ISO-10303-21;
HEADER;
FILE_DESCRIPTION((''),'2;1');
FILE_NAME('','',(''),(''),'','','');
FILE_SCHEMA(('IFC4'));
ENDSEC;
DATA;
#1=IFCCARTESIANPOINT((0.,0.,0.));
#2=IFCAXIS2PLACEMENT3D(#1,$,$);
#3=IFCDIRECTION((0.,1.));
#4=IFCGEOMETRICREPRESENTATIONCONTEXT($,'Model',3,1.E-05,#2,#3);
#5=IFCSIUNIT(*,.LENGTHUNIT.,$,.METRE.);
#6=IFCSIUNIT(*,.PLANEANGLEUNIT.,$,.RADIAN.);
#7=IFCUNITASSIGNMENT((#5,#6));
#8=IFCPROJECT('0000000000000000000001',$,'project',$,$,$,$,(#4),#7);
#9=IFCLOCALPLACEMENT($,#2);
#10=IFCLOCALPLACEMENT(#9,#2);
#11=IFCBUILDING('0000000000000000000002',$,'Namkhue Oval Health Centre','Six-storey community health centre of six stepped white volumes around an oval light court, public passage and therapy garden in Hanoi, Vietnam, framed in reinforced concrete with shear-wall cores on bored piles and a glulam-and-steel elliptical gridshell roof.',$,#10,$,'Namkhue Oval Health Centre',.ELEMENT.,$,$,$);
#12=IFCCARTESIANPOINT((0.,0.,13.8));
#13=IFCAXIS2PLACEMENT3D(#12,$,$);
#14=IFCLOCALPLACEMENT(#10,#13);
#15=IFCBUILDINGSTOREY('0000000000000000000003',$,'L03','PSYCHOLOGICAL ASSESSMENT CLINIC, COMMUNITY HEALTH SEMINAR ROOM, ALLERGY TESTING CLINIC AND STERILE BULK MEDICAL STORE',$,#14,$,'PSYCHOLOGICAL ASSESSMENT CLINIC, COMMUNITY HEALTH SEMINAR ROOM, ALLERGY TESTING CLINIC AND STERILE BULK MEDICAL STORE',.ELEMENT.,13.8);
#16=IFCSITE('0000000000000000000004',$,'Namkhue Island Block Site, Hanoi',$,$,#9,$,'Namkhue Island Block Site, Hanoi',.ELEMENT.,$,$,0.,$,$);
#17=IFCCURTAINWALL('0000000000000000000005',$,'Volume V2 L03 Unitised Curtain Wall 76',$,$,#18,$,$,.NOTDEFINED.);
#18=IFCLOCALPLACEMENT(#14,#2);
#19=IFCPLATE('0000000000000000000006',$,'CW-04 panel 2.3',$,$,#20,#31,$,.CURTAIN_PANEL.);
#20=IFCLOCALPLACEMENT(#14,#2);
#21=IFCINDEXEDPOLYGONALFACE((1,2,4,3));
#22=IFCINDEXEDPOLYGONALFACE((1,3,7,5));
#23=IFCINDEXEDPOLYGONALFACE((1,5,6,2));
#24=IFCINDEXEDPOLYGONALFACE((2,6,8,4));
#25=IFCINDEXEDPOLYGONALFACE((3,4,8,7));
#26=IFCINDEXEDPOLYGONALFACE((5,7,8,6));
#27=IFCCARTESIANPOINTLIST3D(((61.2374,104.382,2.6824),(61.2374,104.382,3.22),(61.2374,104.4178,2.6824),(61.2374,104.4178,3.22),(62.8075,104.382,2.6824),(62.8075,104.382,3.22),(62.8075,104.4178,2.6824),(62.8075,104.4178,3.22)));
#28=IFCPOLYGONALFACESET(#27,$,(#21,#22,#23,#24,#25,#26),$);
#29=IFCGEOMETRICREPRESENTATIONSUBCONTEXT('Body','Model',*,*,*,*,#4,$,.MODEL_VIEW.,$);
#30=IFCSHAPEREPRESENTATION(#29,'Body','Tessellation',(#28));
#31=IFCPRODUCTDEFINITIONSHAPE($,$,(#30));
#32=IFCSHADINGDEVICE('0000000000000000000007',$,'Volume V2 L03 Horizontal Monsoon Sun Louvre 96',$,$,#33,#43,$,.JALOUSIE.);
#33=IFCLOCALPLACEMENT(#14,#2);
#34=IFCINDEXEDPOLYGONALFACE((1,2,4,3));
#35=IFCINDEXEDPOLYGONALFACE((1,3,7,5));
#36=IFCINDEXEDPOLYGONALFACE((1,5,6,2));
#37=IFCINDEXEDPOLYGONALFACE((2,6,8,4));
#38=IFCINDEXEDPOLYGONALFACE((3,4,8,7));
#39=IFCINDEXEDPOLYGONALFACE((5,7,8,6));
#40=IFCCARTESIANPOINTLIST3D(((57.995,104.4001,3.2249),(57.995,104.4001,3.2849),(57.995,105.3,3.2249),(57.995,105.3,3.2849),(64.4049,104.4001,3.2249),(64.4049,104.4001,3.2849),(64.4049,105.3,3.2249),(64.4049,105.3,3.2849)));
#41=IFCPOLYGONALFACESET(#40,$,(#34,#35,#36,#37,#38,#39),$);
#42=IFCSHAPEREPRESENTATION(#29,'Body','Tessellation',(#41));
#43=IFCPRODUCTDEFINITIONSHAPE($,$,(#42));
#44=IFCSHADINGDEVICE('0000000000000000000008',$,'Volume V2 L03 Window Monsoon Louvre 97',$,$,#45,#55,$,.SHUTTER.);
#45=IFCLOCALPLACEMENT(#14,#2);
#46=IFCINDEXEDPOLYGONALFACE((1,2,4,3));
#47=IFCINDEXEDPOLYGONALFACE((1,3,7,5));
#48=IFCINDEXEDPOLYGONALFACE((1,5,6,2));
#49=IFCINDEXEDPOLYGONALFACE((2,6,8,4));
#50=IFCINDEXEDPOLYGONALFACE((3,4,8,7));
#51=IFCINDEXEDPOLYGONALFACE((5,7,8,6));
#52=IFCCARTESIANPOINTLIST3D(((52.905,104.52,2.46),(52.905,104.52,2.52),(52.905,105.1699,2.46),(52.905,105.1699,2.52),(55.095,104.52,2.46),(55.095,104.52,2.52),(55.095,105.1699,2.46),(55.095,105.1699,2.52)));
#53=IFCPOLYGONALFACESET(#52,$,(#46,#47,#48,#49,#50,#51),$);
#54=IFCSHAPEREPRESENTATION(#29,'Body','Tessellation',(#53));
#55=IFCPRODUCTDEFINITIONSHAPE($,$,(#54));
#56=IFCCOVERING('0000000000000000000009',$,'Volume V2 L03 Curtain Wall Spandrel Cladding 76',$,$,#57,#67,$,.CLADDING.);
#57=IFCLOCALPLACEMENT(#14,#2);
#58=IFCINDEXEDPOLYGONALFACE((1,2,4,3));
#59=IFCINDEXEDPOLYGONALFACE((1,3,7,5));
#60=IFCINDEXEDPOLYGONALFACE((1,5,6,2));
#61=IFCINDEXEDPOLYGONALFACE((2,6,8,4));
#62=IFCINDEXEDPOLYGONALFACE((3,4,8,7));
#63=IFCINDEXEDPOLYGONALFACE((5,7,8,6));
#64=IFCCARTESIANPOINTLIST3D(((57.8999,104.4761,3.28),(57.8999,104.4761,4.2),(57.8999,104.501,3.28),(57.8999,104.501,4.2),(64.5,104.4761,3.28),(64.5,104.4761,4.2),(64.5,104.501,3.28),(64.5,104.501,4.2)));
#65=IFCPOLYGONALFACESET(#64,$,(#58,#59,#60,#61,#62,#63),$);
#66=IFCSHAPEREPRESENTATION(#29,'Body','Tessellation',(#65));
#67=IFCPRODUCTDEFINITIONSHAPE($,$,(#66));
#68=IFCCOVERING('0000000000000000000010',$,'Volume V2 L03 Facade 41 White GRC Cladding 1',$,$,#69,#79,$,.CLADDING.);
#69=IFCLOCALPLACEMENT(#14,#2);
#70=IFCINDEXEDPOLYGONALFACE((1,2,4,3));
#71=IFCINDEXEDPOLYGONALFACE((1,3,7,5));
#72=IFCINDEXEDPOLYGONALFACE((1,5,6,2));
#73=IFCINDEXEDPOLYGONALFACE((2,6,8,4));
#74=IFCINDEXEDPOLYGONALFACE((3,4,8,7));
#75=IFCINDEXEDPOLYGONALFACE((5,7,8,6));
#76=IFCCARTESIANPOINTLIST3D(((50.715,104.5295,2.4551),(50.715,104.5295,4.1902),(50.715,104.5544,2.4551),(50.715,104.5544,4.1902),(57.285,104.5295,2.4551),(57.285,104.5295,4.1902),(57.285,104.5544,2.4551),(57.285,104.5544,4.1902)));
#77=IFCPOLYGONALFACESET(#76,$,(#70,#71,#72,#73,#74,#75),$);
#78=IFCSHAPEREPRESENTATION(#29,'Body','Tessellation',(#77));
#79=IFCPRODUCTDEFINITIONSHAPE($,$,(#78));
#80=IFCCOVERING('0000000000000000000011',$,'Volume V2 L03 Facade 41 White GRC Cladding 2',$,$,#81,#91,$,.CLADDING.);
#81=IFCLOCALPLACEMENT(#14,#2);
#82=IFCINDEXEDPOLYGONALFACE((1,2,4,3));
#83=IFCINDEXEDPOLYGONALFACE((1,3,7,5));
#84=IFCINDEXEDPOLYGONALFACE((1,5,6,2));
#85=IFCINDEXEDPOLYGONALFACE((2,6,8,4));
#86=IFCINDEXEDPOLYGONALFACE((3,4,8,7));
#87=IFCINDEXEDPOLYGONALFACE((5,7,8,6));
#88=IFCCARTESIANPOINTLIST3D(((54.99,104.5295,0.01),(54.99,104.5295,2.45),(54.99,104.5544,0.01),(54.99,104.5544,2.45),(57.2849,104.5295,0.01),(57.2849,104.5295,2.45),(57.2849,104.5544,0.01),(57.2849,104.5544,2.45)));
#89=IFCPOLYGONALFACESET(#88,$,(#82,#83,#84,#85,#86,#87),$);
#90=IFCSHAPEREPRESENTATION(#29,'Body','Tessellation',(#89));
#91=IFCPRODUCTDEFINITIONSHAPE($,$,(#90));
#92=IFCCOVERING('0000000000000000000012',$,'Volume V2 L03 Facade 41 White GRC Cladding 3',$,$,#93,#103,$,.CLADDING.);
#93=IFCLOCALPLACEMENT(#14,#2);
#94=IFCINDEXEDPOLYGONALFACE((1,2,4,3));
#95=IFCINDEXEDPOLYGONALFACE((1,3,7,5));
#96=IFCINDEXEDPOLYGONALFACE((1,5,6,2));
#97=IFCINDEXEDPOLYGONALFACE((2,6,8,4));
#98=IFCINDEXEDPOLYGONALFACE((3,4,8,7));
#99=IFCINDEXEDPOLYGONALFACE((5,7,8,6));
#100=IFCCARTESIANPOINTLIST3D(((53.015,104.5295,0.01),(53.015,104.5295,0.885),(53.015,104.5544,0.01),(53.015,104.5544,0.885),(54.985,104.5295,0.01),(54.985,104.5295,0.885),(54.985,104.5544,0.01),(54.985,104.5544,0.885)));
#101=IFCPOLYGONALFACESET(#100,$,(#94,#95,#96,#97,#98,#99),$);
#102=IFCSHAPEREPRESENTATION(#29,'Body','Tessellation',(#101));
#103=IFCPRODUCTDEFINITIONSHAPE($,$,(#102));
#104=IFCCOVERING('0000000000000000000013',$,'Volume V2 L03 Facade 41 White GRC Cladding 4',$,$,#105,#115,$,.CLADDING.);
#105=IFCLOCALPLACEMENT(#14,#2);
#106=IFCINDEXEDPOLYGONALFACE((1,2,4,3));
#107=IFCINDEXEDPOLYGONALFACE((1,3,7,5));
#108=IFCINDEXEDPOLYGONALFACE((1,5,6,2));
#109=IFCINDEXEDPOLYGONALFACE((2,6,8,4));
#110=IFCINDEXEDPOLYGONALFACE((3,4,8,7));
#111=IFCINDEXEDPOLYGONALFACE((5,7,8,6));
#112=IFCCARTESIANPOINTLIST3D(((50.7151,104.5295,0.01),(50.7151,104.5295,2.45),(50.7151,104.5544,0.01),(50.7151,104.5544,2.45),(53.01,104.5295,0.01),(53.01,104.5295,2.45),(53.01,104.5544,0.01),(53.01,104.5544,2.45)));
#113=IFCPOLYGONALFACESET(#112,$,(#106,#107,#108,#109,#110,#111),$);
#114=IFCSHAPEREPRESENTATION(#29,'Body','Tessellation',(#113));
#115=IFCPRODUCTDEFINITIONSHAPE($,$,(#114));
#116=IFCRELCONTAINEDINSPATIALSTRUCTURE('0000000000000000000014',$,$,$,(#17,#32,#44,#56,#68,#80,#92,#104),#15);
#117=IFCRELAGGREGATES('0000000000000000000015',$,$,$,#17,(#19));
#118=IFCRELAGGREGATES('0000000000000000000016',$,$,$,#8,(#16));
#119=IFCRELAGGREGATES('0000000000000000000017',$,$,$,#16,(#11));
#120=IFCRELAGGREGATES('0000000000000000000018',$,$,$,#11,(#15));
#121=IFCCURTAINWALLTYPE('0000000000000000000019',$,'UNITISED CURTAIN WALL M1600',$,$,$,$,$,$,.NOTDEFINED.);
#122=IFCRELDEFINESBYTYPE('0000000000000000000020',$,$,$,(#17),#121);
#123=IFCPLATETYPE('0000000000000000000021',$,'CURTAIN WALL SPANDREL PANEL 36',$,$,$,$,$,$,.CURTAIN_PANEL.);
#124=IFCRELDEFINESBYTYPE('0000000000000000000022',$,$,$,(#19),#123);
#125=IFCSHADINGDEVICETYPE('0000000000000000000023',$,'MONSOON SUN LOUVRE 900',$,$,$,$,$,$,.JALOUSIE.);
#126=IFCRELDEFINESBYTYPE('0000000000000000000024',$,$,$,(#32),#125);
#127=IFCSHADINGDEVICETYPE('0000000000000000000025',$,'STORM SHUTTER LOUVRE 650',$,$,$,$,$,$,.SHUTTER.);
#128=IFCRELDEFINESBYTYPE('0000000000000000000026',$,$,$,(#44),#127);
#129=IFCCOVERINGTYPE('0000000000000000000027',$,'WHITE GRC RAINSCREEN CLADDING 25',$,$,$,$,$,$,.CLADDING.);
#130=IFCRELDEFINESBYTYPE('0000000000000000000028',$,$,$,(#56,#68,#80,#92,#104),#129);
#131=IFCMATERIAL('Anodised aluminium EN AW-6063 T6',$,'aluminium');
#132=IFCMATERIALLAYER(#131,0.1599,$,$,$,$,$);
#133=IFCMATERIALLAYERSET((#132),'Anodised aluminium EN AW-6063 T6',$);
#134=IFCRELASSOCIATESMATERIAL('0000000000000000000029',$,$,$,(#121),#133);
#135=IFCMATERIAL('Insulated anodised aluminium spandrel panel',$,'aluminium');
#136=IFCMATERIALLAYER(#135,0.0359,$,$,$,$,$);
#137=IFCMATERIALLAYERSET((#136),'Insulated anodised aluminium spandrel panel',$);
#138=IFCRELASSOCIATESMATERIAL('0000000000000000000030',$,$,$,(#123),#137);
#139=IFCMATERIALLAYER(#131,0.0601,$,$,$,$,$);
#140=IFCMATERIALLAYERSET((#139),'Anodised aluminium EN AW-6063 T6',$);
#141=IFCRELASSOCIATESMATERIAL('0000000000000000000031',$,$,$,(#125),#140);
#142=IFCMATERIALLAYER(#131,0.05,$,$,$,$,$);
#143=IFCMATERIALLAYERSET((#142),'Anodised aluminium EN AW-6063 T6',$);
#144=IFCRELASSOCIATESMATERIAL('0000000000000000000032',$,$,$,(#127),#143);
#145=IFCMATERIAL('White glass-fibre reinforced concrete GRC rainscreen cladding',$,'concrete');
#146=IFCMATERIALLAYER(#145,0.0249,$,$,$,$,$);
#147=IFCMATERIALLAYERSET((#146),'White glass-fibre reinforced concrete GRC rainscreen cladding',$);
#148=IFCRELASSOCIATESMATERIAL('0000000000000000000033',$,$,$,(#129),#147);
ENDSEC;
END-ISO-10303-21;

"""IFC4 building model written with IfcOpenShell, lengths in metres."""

from ifc_helpers import new_model, si_unit, direction, frame, origin, origin_2d, place, context, subcontext, project, spatial, rectangle, extrude, material, layer, layer_set, type_object, element, aggregate, save


model = new_model("IFC4")

# Units and contexts
model_context = context("Model", 3, precision=1e-05, world=origin(), true_north=direction((0.0, 1.0)))
body_context = subcontext(model_context, "Body", "Model", "MODEL_VIEW")
ifc_project = project(units=[si_unit("LENGTHUNIT", "METRE"), si_unit("PLANEANGLEUNIT", "RADIAN")], contexts=[model_context])

# Site, building, storey
site_placement = place(None, origin())
site = spatial("IfcSite", under=ifc_project, at=site_placement, Name="Namkhue Island Block Site, Hanoi", LongName="Namkhue Island Block Site, Hanoi", CompositionType="ELEMENT", RefElevation=0.0)
building_placement = place(site_placement, origin())
building = spatial("IfcBuilding", under=site, at=building_placement, Name="Namkhue Oval Health Centre", Description="Six-storey community health centre of six stepped white volumes around an oval light court, public passage and therapy garden in Hanoi, Vietnam, framed in reinforced concrete with shear-wall cores on bored piles and a glulam-and-steel elliptical gridshell roof.", LongName="Namkhue Oval Health Centre", CompositionType="ELEMENT")
storey_placement = place(building_placement, frame((0.0, 0.0, 13.8)))
storey = spatial("IfcBuildingStorey", under=building, at=storey_placement, Name="L03", Description="PSYCHOLOGICAL ASSESSMENT CLINIC, COMMUNITY HEALTH SEMINAR ROOM, ALLERGY TESTING CLINIC AND STERILE BULK MEDICAL STORE", LongName="PSYCHOLOGICAL ASSESSMENT CLINIC, COMMUNITY HEALTH SEMINAR ROOM, ALLERGY TESTING CLINIC AND STERILE BULK MEDICAL STORE", CompositionType="ELEMENT", Elevation=13.8)

# Curtain wall, plate
ifc_material_1 = material(Name="Anodised aluminium EN AW-6063 T6", Category="aluminium")
ifc_layer_1 = layer(ifc_material_1, 0.1599)
ifc_layer_set_1 = layer_set([ifc_layer_1], Name="Anodised aluminium EN AW-6063 T6")
curtain_wall_type = type_object("IfcCurtainWallType", Name="UNITISED CURTAIN WALL M1600", PredefinedType="NOTDEFINED", material=ifc_layer_set_1)
curtain_wall_placement = place(storey_placement, origin())
curtain_wall = element("IfcCurtainWall", 1, at=curtain_wall_placement, inside=storey, type_object=curtain_wall_type, Name="Volume V2 L03 Unitised Curtain Wall 76", PredefinedType="NOTDEFINED")
ifc_material_2 = material(Name="Insulated anodised aluminium spandrel panel", Category="aluminium")
ifc_layer_2 = layer(ifc_material_2, 0.0359)
ifc_layer_set_2 = layer_set([ifc_layer_2], Name="Insulated anodised aluminium spandrel panel")
plate_type = type_object("IfcPlateType", Name="CURTAIN WALL SPANDREL PANEL 36", PredefinedType="CURTAIN_PANEL", material=ifc_layer_set_2)
plate_1_placement = place(storey_placement, frame((62.0225, 104.3999, 2.6824), z_axis=(0.0, 0.0, 1.0), x_axis=(-1.0, 0.0, 0.0)))
plate_1 = element("IfcPlate", 2, at=plate_1_placement, type_object=plate_type, Name="CW-04 panel 2.3", PredefinedType="CURTAIN_PANEL", context=body_context, shape_type="SweptSolid", body=[
    extrude(rectangle(XDim=1.5701, YDim=0.0359, at=origin_2d()), origin(), (0.0, 0.0, 1.0), 0.5376),
])
aggregate(curtain_wall, [plate_1])

# Shading devices
ifc_layer_3 = layer(ifc_material_1, 0.0601)
ifc_layer_set_3 = layer_set([ifc_layer_3], Name="Anodised aluminium EN AW-6063 T6")
shading_device_type_1 = type_object("IfcShadingDeviceType", Name="MONSOON SUN LOUVRE 900", PredefinedType="JALOUSIE", material=ifc_layer_set_3)
shading_device_1_placement = place(storey_placement, frame((61.2, 104.8501, 3.2249), z_axis=(0.0, 0.0, 1.0), x_axis=(-1.0, 0.0, 0.0)))
element("IfcShadingDevice", 3, at=shading_device_1_placement, inside=storey, type_object=shading_device_type_1, Name="Volume V2 L03 Horizontal Monsoon Sun Louvre 96", PredefinedType="JALOUSIE", context=body_context, shape_type="SweptSolid", body=[
    extrude(rectangle(XDim=6.4099, YDim=0.8999, at=origin_2d()), origin(), (0.0, 0.0, 1.0), 0.0601),
])
ifc_layer_4 = layer(ifc_material_1, 0.05)
ifc_layer_set_4 = layer_set([ifc_layer_4], Name="Anodised aluminium EN AW-6063 T6")
shading_device_type_2 = type_object("IfcShadingDeviceType", Name="STORM SHUTTER LOUVRE 650", PredefinedType="SHUTTER", material=ifc_layer_set_4)
shading_device_2_placement = place(storey_placement, frame((54.0, 104.845, 2.46), z_axis=(0.0, 0.0, 1.0), x_axis=(-1.0, 0.0, 0.0)))
element("IfcShadingDevice", 4, at=shading_device_2_placement, inside=storey, type_object=shading_device_type_2, Name="Volume V2 L03 Window Monsoon Louvre 97", PredefinedType="SHUTTER", context=body_context, shape_type="SweptSolid", body=[
    extrude(rectangle(XDim=2.1899, YDim=0.6499, at=origin_2d()), origin(), (0.0, 0.0, 1.0), 0.0601),
])

# Coverings
ifc_material_3 = material(Name="White glass-fibre reinforced concrete GRC rainscreen cladding", Category="concrete")
ifc_layer_5 = layer(ifc_material_3, 0.0249)
ifc_layer_set_5 = layer_set([ifc_layer_5], Name="White glass-fibre reinforced concrete GRC rainscreen cladding")
covering_type = type_object("IfcCoveringType", Name="WHITE GRC RAINSCREEN CLADDING 25", PredefinedType="CLADDING", material=ifc_layer_set_5)
covering_1_placement = place(storey_placement, frame((61.2, 104.4885, 3.28), z_axis=(0.0, 0.0, 1.0), x_axis=(-1.0, 0.0, 0.0)))
element("IfcCovering", 5, at=covering_1_placement, inside=storey, type_object=covering_type, Name="Volume V2 L03 Curtain Wall Spandrel Cladding 76", PredefinedType="CLADDING", context=body_context, shape_type="SweptSolid", body=[
    extrude(rectangle(XDim=6.6001, YDim=0.0249, at=origin_2d()), origin(), (0.0, 0.0, 1.0), 0.9199),
])
covering_2_placement = place(storey_placement, frame((54.0, 104.542, 2.4551), z_axis=(0.0, 0.0, 1.0), x_axis=(-1.0, 0.0, 0.0)))
element("IfcCovering", 6, at=covering_2_placement, inside=storey, type_object=covering_type, Name="Volume V2 L03 Facade 41 White GRC Cladding 1", PredefinedType="CLADDING", context=body_context, shape_type="SweptSolid", body=[
    extrude(rectangle(XDim=6.5701, YDim=0.0249, at=origin_2d()), origin(), (0.0, 0.0, 1.0), 1.7351),
])
covering_3_placement = place(storey_placement, frame((56.1375, 104.542, 0.01), z_axis=(0.0, 0.0, 1.0), x_axis=(-1.0, 0.0, 0.0)))
element("IfcCovering", 7, at=covering_3_placement, inside=storey, type_object=covering_type, Name="Volume V2 L03 Facade 41 White GRC Cladding 2", PredefinedType="CLADDING", context=body_context, shape_type="SweptSolid", body=[
    extrude(rectangle(XDim=2.2949, YDim=0.0249, at=origin_2d()), origin(), (0.0, 0.0, 1.0), 2.4399),
])
covering_4_placement = place(storey_placement, frame((54.0, 104.542, 0.01), z_axis=(0.0, 0.0, 1.0), x_axis=(-1.0, 0.0, 0.0)))
element("IfcCovering", 8, at=covering_4_placement, inside=storey, type_object=covering_type, Name="Volume V2 L03 Facade 41 White GRC Cladding 3", PredefinedType="CLADDING", context=body_context, shape_type="SweptSolid", body=[
    extrude(rectangle(XDim=1.97, YDim=0.0249, at=origin_2d()), origin(), (0.0, 0.0, 1.0), 0.875),
])
covering_5_placement = place(storey_placement, frame((51.8625, 104.542, 0.01), z_axis=(0.0, 0.0, 1.0), x_axis=(-1.0, 0.0, 0.0)))
element("IfcCovering", 9, at=covering_5_placement, inside=storey, type_object=covering_type, Name="Volume V2 L03 Facade 41 White GRC Cladding 4", PredefinedType="CLADDING", context=body_context, shape_type="SweptSolid", body=[
    extrude(rectangle(XDim=2.2949, YDim=0.0249, at=origin_2d()), origin(), (0.0, 0.0, 1.0), 2.4399),
])

save(model, "model.ifc")
